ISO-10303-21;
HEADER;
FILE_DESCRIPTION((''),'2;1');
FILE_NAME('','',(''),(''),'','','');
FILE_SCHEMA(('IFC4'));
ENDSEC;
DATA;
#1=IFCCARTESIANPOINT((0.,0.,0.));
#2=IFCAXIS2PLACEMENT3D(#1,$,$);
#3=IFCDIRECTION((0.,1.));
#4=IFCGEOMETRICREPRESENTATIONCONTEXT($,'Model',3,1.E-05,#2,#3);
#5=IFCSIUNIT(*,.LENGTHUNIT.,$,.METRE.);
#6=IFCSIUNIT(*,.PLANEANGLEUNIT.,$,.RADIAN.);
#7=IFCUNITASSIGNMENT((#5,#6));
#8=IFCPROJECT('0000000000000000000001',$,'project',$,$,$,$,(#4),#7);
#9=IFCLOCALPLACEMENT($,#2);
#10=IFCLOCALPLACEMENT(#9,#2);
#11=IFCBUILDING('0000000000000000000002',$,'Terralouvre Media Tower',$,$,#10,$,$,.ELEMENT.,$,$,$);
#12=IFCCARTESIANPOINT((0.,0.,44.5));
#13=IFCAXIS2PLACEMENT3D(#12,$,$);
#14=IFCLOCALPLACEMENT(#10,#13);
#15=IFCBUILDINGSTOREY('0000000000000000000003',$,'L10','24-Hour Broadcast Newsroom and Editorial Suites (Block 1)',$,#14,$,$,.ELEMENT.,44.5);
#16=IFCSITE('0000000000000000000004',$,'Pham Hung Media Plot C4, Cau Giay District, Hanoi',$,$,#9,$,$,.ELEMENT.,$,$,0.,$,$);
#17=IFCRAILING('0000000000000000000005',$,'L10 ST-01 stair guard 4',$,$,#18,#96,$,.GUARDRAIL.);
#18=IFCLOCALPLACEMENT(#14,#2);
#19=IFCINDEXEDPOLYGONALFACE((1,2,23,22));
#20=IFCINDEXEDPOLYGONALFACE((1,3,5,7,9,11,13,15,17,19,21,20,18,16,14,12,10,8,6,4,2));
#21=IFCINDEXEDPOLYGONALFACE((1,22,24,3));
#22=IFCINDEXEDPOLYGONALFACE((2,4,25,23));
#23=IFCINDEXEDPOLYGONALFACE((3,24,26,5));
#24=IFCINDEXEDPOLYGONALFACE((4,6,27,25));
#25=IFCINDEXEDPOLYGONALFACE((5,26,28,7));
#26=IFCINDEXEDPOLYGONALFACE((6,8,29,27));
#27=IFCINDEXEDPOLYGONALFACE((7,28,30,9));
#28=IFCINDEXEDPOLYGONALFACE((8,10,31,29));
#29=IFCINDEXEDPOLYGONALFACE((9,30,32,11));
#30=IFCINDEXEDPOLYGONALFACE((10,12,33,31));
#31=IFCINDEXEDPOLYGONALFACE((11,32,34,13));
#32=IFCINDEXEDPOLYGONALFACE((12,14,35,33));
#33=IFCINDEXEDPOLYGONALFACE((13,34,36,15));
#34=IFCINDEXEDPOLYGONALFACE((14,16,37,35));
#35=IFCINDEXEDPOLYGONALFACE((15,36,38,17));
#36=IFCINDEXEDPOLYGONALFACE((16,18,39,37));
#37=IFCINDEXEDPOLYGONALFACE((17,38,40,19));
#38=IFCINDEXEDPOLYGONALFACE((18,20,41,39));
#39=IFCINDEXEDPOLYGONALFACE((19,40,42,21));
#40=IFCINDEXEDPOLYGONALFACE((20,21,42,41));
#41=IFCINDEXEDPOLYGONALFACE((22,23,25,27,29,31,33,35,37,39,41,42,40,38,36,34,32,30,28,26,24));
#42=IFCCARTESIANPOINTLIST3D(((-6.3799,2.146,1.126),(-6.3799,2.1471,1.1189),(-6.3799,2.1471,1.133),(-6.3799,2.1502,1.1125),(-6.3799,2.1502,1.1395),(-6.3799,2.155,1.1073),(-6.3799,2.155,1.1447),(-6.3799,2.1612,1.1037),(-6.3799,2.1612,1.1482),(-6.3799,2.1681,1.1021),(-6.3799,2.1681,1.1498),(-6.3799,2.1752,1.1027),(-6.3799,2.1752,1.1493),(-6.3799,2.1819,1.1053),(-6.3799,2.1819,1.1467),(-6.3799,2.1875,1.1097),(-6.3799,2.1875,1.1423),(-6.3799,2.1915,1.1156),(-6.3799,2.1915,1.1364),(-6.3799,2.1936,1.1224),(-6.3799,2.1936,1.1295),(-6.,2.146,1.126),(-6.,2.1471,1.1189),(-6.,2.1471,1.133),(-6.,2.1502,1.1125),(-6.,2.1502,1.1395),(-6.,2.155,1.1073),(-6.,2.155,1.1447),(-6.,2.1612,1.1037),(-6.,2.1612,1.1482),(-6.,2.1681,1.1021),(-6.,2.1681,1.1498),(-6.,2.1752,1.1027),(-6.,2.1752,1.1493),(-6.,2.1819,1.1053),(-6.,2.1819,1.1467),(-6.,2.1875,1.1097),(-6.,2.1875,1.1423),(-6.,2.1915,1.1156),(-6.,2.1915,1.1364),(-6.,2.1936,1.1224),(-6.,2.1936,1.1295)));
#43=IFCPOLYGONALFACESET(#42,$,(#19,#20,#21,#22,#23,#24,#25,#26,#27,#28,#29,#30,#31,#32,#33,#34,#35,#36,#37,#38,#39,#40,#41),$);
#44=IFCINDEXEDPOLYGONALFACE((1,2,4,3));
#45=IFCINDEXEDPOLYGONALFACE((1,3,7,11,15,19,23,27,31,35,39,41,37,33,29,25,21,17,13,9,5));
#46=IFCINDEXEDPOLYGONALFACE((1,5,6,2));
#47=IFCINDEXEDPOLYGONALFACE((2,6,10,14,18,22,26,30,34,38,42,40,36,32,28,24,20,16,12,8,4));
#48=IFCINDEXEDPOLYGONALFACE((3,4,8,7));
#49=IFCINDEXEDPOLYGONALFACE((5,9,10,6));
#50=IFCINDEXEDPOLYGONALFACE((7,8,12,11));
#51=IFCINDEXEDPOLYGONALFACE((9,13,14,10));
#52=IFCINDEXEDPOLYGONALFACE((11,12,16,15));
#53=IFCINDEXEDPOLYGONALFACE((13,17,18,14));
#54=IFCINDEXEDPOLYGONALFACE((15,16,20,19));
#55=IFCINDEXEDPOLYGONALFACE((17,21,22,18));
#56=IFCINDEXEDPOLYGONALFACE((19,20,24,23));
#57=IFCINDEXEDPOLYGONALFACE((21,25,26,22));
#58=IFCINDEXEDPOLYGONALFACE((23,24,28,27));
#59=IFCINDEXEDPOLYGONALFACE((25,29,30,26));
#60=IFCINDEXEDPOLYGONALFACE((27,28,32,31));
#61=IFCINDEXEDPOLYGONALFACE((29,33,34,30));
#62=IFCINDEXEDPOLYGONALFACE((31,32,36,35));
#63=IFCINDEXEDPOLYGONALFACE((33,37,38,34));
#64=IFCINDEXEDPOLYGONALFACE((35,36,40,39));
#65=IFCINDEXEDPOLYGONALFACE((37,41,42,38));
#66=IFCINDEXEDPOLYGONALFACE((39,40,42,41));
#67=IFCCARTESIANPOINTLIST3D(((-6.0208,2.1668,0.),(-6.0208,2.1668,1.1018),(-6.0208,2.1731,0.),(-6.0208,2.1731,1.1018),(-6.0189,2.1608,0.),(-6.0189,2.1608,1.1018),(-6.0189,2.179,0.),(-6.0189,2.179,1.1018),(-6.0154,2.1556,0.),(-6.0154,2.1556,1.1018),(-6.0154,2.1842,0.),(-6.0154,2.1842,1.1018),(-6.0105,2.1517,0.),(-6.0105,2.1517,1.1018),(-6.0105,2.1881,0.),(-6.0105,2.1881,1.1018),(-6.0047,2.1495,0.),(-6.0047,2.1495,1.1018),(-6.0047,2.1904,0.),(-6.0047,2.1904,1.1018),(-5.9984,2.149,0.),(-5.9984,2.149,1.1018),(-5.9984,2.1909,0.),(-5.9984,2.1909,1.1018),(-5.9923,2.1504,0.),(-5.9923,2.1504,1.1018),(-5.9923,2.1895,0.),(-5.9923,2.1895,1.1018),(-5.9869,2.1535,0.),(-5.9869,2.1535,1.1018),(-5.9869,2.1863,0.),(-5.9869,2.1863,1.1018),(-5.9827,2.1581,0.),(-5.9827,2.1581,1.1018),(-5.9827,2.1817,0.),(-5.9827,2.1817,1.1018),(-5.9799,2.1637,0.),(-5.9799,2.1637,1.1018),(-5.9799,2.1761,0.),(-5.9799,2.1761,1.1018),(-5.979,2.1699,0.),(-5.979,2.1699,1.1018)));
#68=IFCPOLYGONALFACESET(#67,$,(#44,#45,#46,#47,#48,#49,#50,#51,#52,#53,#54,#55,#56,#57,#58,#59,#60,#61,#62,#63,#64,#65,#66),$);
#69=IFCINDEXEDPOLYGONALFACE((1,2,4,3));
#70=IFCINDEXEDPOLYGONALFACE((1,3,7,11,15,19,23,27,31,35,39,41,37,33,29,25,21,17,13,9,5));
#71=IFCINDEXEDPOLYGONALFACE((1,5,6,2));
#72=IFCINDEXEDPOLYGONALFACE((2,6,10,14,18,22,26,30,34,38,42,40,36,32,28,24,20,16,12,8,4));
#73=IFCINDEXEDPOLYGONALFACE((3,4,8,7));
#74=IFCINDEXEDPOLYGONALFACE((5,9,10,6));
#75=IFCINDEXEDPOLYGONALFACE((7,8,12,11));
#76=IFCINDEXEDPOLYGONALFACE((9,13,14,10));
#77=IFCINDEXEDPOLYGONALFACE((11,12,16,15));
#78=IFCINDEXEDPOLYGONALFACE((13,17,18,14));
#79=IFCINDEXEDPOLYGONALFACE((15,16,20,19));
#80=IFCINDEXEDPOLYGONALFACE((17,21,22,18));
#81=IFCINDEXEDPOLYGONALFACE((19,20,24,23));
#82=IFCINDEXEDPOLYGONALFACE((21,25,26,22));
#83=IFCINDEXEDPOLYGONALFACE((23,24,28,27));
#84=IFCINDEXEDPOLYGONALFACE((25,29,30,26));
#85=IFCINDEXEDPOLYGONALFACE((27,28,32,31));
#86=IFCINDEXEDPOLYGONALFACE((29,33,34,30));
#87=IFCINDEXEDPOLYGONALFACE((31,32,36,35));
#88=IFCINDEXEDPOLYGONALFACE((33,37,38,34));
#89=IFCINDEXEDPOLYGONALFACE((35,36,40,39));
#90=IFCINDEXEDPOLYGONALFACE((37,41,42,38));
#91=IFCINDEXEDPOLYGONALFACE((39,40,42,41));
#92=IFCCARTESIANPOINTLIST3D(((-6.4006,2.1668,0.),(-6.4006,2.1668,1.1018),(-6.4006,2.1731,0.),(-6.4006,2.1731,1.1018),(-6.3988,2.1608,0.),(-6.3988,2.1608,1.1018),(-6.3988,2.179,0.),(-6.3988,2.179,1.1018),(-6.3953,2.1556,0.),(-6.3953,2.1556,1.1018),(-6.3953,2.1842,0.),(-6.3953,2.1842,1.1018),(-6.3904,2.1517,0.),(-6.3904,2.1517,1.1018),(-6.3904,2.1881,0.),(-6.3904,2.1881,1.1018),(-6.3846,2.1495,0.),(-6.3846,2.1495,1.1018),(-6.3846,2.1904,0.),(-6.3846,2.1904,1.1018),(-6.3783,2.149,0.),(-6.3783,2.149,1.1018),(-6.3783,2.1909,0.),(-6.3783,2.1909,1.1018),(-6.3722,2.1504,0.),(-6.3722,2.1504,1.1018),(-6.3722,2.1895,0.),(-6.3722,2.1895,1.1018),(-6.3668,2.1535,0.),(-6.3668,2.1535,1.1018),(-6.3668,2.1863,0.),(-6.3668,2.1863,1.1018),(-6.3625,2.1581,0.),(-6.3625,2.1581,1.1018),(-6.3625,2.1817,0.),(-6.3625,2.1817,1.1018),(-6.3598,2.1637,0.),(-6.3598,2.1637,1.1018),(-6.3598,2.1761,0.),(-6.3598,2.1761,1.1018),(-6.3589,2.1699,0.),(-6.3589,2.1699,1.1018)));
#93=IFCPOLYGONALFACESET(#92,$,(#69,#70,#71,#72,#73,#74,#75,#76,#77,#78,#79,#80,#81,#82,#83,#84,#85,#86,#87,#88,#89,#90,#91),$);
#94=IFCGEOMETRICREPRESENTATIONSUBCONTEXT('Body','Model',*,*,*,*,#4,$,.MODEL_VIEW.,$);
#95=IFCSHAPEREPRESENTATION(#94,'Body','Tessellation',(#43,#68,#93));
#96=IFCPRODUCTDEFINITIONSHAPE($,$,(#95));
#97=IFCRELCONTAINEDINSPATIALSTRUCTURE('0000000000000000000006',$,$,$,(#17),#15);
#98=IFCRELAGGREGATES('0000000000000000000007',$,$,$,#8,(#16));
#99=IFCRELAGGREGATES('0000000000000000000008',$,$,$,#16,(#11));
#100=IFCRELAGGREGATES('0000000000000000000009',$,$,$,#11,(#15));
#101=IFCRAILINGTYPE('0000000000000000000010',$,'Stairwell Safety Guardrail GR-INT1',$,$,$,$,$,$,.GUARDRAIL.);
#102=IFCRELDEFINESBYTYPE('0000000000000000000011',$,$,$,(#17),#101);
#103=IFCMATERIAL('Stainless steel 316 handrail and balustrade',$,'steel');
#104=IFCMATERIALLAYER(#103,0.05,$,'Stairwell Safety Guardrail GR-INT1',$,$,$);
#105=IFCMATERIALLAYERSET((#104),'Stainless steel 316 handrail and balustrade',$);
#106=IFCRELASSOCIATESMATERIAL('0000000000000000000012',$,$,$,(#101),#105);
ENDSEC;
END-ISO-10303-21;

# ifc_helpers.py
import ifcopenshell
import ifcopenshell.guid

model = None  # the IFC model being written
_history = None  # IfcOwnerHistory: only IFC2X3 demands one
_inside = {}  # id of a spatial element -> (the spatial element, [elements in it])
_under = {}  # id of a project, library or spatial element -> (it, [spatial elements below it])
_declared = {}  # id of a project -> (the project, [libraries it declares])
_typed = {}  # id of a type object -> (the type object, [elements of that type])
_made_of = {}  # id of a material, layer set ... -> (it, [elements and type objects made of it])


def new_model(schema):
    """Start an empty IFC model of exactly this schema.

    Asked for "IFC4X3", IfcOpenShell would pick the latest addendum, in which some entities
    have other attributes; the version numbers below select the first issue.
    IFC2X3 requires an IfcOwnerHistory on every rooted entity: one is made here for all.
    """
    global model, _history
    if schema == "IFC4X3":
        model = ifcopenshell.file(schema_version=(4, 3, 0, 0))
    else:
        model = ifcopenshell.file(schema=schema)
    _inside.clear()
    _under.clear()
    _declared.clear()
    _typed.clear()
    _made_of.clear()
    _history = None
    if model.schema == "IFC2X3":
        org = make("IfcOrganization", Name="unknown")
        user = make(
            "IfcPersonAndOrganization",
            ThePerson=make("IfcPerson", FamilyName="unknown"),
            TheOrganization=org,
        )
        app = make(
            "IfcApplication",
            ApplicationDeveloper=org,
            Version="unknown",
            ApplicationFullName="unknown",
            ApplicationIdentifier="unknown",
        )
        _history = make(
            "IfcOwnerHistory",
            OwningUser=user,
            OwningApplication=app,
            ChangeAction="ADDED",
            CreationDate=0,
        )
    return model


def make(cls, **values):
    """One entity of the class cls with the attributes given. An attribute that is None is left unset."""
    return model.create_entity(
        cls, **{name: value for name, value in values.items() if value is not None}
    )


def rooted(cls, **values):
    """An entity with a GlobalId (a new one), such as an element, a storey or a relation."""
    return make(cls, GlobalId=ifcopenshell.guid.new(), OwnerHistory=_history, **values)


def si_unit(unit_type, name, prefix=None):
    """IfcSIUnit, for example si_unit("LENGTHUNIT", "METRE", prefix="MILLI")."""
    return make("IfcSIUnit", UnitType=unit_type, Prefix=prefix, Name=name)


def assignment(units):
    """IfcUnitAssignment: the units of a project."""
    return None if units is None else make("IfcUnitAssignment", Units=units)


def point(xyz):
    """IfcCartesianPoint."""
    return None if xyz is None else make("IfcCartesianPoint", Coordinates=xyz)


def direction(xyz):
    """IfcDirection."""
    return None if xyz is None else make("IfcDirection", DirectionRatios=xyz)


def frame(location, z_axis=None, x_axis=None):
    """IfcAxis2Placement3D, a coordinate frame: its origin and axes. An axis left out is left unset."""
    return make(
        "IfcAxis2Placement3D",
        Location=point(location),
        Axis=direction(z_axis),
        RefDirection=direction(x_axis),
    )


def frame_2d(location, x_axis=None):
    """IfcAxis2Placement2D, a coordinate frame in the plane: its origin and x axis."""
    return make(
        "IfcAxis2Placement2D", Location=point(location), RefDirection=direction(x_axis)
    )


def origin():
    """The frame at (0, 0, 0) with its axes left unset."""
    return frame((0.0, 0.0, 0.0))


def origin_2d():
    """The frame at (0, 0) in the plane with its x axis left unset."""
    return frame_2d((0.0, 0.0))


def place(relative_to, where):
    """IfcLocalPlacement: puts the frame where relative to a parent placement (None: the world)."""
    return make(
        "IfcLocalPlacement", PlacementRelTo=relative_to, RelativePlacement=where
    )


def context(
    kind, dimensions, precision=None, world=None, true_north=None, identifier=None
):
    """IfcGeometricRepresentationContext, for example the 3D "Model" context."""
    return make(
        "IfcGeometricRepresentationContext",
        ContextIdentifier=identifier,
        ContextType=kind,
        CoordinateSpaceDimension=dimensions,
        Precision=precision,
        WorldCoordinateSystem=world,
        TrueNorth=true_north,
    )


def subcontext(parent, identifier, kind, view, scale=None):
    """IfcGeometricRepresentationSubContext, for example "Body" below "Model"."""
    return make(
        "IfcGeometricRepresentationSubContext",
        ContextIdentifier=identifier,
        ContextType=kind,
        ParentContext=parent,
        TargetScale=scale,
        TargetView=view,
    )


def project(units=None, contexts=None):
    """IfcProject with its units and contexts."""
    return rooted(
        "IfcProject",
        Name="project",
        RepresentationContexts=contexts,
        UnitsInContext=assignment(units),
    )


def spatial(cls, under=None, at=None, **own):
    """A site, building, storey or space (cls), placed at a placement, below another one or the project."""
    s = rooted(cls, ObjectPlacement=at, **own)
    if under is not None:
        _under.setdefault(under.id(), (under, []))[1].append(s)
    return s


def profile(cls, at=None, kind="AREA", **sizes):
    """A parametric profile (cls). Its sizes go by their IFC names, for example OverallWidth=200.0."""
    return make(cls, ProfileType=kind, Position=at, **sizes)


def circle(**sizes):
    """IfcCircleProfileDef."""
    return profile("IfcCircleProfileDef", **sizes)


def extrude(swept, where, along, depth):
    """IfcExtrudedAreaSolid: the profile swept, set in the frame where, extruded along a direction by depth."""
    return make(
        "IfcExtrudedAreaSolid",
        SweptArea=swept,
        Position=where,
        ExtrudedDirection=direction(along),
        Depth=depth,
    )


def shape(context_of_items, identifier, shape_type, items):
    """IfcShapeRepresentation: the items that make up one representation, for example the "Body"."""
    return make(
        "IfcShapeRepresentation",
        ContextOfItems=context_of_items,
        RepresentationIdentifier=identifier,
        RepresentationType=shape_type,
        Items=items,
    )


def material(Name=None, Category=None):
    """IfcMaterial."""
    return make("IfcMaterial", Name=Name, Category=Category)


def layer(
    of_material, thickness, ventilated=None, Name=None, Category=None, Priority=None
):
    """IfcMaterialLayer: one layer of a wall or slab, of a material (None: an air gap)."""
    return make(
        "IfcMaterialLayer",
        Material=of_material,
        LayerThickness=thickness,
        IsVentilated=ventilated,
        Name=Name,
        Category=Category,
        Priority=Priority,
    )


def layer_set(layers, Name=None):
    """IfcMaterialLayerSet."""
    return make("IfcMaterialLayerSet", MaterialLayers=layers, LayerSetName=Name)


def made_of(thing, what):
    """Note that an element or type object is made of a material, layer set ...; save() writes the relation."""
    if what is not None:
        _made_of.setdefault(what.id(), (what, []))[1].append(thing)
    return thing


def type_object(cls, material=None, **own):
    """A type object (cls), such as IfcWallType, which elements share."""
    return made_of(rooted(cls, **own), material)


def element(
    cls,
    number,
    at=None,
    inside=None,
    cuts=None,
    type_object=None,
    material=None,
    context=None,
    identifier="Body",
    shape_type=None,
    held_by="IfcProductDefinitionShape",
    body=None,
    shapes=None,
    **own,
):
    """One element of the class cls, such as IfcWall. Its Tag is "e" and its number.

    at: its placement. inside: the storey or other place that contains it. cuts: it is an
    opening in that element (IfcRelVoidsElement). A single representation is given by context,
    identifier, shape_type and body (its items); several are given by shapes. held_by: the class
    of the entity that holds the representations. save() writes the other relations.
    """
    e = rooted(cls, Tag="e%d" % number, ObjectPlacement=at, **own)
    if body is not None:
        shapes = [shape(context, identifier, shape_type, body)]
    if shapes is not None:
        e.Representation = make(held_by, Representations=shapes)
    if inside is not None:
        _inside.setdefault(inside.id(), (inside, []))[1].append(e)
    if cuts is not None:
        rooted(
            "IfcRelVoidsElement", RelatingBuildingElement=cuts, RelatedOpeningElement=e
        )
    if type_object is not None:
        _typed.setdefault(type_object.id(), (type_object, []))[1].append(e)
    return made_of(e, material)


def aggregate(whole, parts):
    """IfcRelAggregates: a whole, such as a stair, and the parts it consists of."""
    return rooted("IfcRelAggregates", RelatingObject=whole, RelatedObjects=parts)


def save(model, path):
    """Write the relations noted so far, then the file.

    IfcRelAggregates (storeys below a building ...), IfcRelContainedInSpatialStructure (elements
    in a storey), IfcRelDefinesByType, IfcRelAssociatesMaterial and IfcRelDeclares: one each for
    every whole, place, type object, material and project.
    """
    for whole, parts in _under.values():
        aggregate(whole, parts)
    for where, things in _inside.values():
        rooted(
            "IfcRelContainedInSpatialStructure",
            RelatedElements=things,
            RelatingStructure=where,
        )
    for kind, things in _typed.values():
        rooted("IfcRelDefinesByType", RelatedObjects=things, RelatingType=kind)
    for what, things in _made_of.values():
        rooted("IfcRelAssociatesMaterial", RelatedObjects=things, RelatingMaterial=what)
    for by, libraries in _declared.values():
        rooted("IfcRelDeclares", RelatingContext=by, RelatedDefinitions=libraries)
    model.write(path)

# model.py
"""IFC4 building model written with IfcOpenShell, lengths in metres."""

from ifc_helpers import new_model, si_unit, direction, frame, origin, origin_2d, place, context, subcontext, project, spatial, circle, extrude, material, layer, layer_set, type_object, element, save


model = new_model("IFC4")

# Units and contexts
model_context = context("Model", 3, precision=1e-05, world=origin(), true_north=direction((0.0, 1.0)))
body_context = subcontext(model_context, "Body", "Model", "MODEL_VIEW")
ifc_project = project(units=[si_unit("LENGTHUNIT", "METRE"), si_unit("PLANEANGLEUNIT", "RADIAN")], contexts=[model_context])

# Site, building, storey
site_placement = place(None, origin())
site = spatial("IfcSite", under=ifc_project, at=site_placement, Name="Pham Hung Media Plot C4, Cau Giay District, Hanoi", CompositionType="ELEMENT", RefElevation=0.0)
building_placement = place(site_placement, origin())
building = spatial("IfcBuilding", under=site, at=building_placement, Name="Terralouvre Media Tower", CompositionType="ELEMENT")
storey_placement = place(building_placement, frame((0.0, 0.0, 44.5)))
storey = spatial("IfcBuildingStorey", under=building, at=storey_placement, Name="L10", Description="24-Hour Broadcast Newsroom and Editorial Suites (Block 1)", CompositionType="ELEMENT", Elevation=44.5)

# Railing
ifc_material_1 = material(Name="Stainless steel 316 handrail and balustrade", Category="steel")
ifc_layer_1 = layer(ifc_material_1, 0.05, Name="Stairwell Safety Guardrail GR-INT1")
ifc_layer_set_1 = layer_set([ifc_layer_1], Name="Stainless steel 316 handrail and balustrade")
railing_type_1 = type_object("IfcRailingType", Name="Stairwell Safety Guardrail GR-INT1", PredefinedType="GUARDRAIL", material=ifc_layer_set_1)
railing_1_placement = place(storey_placement, frame((-6.0, 2.1699, 0.0)))
element("IfcRailing", 1, at=railing_1_placement, inside=storey, type_object=railing_type_1, Name="L10 ST-01 stair guard 4", PredefinedType="GUARDRAIL", context=body_context, shape_type="SweptSolid", body=[
    extrude(circle(Radius=0.0239, at=origin_2d()), frame((0.0, 0.0, 1.126), z_axis=(-1.0, 0.0, 0.0), x_axis=(0.0, -1.0, 0.0)), (0.0, 0.0, 1.0), 0.3799),
    extrude(circle(Radius=0.021, at=origin_2d()), origin(), (0.0, 0.0, 1.0), 1.1018),
    extrude(circle(Radius=0.021, at=origin_2d()), frame((-0.3799, 0.0, 0.0)), (0.0, 0.0, 1.0), 1.1018),
])

save(model, "model.ifc")
